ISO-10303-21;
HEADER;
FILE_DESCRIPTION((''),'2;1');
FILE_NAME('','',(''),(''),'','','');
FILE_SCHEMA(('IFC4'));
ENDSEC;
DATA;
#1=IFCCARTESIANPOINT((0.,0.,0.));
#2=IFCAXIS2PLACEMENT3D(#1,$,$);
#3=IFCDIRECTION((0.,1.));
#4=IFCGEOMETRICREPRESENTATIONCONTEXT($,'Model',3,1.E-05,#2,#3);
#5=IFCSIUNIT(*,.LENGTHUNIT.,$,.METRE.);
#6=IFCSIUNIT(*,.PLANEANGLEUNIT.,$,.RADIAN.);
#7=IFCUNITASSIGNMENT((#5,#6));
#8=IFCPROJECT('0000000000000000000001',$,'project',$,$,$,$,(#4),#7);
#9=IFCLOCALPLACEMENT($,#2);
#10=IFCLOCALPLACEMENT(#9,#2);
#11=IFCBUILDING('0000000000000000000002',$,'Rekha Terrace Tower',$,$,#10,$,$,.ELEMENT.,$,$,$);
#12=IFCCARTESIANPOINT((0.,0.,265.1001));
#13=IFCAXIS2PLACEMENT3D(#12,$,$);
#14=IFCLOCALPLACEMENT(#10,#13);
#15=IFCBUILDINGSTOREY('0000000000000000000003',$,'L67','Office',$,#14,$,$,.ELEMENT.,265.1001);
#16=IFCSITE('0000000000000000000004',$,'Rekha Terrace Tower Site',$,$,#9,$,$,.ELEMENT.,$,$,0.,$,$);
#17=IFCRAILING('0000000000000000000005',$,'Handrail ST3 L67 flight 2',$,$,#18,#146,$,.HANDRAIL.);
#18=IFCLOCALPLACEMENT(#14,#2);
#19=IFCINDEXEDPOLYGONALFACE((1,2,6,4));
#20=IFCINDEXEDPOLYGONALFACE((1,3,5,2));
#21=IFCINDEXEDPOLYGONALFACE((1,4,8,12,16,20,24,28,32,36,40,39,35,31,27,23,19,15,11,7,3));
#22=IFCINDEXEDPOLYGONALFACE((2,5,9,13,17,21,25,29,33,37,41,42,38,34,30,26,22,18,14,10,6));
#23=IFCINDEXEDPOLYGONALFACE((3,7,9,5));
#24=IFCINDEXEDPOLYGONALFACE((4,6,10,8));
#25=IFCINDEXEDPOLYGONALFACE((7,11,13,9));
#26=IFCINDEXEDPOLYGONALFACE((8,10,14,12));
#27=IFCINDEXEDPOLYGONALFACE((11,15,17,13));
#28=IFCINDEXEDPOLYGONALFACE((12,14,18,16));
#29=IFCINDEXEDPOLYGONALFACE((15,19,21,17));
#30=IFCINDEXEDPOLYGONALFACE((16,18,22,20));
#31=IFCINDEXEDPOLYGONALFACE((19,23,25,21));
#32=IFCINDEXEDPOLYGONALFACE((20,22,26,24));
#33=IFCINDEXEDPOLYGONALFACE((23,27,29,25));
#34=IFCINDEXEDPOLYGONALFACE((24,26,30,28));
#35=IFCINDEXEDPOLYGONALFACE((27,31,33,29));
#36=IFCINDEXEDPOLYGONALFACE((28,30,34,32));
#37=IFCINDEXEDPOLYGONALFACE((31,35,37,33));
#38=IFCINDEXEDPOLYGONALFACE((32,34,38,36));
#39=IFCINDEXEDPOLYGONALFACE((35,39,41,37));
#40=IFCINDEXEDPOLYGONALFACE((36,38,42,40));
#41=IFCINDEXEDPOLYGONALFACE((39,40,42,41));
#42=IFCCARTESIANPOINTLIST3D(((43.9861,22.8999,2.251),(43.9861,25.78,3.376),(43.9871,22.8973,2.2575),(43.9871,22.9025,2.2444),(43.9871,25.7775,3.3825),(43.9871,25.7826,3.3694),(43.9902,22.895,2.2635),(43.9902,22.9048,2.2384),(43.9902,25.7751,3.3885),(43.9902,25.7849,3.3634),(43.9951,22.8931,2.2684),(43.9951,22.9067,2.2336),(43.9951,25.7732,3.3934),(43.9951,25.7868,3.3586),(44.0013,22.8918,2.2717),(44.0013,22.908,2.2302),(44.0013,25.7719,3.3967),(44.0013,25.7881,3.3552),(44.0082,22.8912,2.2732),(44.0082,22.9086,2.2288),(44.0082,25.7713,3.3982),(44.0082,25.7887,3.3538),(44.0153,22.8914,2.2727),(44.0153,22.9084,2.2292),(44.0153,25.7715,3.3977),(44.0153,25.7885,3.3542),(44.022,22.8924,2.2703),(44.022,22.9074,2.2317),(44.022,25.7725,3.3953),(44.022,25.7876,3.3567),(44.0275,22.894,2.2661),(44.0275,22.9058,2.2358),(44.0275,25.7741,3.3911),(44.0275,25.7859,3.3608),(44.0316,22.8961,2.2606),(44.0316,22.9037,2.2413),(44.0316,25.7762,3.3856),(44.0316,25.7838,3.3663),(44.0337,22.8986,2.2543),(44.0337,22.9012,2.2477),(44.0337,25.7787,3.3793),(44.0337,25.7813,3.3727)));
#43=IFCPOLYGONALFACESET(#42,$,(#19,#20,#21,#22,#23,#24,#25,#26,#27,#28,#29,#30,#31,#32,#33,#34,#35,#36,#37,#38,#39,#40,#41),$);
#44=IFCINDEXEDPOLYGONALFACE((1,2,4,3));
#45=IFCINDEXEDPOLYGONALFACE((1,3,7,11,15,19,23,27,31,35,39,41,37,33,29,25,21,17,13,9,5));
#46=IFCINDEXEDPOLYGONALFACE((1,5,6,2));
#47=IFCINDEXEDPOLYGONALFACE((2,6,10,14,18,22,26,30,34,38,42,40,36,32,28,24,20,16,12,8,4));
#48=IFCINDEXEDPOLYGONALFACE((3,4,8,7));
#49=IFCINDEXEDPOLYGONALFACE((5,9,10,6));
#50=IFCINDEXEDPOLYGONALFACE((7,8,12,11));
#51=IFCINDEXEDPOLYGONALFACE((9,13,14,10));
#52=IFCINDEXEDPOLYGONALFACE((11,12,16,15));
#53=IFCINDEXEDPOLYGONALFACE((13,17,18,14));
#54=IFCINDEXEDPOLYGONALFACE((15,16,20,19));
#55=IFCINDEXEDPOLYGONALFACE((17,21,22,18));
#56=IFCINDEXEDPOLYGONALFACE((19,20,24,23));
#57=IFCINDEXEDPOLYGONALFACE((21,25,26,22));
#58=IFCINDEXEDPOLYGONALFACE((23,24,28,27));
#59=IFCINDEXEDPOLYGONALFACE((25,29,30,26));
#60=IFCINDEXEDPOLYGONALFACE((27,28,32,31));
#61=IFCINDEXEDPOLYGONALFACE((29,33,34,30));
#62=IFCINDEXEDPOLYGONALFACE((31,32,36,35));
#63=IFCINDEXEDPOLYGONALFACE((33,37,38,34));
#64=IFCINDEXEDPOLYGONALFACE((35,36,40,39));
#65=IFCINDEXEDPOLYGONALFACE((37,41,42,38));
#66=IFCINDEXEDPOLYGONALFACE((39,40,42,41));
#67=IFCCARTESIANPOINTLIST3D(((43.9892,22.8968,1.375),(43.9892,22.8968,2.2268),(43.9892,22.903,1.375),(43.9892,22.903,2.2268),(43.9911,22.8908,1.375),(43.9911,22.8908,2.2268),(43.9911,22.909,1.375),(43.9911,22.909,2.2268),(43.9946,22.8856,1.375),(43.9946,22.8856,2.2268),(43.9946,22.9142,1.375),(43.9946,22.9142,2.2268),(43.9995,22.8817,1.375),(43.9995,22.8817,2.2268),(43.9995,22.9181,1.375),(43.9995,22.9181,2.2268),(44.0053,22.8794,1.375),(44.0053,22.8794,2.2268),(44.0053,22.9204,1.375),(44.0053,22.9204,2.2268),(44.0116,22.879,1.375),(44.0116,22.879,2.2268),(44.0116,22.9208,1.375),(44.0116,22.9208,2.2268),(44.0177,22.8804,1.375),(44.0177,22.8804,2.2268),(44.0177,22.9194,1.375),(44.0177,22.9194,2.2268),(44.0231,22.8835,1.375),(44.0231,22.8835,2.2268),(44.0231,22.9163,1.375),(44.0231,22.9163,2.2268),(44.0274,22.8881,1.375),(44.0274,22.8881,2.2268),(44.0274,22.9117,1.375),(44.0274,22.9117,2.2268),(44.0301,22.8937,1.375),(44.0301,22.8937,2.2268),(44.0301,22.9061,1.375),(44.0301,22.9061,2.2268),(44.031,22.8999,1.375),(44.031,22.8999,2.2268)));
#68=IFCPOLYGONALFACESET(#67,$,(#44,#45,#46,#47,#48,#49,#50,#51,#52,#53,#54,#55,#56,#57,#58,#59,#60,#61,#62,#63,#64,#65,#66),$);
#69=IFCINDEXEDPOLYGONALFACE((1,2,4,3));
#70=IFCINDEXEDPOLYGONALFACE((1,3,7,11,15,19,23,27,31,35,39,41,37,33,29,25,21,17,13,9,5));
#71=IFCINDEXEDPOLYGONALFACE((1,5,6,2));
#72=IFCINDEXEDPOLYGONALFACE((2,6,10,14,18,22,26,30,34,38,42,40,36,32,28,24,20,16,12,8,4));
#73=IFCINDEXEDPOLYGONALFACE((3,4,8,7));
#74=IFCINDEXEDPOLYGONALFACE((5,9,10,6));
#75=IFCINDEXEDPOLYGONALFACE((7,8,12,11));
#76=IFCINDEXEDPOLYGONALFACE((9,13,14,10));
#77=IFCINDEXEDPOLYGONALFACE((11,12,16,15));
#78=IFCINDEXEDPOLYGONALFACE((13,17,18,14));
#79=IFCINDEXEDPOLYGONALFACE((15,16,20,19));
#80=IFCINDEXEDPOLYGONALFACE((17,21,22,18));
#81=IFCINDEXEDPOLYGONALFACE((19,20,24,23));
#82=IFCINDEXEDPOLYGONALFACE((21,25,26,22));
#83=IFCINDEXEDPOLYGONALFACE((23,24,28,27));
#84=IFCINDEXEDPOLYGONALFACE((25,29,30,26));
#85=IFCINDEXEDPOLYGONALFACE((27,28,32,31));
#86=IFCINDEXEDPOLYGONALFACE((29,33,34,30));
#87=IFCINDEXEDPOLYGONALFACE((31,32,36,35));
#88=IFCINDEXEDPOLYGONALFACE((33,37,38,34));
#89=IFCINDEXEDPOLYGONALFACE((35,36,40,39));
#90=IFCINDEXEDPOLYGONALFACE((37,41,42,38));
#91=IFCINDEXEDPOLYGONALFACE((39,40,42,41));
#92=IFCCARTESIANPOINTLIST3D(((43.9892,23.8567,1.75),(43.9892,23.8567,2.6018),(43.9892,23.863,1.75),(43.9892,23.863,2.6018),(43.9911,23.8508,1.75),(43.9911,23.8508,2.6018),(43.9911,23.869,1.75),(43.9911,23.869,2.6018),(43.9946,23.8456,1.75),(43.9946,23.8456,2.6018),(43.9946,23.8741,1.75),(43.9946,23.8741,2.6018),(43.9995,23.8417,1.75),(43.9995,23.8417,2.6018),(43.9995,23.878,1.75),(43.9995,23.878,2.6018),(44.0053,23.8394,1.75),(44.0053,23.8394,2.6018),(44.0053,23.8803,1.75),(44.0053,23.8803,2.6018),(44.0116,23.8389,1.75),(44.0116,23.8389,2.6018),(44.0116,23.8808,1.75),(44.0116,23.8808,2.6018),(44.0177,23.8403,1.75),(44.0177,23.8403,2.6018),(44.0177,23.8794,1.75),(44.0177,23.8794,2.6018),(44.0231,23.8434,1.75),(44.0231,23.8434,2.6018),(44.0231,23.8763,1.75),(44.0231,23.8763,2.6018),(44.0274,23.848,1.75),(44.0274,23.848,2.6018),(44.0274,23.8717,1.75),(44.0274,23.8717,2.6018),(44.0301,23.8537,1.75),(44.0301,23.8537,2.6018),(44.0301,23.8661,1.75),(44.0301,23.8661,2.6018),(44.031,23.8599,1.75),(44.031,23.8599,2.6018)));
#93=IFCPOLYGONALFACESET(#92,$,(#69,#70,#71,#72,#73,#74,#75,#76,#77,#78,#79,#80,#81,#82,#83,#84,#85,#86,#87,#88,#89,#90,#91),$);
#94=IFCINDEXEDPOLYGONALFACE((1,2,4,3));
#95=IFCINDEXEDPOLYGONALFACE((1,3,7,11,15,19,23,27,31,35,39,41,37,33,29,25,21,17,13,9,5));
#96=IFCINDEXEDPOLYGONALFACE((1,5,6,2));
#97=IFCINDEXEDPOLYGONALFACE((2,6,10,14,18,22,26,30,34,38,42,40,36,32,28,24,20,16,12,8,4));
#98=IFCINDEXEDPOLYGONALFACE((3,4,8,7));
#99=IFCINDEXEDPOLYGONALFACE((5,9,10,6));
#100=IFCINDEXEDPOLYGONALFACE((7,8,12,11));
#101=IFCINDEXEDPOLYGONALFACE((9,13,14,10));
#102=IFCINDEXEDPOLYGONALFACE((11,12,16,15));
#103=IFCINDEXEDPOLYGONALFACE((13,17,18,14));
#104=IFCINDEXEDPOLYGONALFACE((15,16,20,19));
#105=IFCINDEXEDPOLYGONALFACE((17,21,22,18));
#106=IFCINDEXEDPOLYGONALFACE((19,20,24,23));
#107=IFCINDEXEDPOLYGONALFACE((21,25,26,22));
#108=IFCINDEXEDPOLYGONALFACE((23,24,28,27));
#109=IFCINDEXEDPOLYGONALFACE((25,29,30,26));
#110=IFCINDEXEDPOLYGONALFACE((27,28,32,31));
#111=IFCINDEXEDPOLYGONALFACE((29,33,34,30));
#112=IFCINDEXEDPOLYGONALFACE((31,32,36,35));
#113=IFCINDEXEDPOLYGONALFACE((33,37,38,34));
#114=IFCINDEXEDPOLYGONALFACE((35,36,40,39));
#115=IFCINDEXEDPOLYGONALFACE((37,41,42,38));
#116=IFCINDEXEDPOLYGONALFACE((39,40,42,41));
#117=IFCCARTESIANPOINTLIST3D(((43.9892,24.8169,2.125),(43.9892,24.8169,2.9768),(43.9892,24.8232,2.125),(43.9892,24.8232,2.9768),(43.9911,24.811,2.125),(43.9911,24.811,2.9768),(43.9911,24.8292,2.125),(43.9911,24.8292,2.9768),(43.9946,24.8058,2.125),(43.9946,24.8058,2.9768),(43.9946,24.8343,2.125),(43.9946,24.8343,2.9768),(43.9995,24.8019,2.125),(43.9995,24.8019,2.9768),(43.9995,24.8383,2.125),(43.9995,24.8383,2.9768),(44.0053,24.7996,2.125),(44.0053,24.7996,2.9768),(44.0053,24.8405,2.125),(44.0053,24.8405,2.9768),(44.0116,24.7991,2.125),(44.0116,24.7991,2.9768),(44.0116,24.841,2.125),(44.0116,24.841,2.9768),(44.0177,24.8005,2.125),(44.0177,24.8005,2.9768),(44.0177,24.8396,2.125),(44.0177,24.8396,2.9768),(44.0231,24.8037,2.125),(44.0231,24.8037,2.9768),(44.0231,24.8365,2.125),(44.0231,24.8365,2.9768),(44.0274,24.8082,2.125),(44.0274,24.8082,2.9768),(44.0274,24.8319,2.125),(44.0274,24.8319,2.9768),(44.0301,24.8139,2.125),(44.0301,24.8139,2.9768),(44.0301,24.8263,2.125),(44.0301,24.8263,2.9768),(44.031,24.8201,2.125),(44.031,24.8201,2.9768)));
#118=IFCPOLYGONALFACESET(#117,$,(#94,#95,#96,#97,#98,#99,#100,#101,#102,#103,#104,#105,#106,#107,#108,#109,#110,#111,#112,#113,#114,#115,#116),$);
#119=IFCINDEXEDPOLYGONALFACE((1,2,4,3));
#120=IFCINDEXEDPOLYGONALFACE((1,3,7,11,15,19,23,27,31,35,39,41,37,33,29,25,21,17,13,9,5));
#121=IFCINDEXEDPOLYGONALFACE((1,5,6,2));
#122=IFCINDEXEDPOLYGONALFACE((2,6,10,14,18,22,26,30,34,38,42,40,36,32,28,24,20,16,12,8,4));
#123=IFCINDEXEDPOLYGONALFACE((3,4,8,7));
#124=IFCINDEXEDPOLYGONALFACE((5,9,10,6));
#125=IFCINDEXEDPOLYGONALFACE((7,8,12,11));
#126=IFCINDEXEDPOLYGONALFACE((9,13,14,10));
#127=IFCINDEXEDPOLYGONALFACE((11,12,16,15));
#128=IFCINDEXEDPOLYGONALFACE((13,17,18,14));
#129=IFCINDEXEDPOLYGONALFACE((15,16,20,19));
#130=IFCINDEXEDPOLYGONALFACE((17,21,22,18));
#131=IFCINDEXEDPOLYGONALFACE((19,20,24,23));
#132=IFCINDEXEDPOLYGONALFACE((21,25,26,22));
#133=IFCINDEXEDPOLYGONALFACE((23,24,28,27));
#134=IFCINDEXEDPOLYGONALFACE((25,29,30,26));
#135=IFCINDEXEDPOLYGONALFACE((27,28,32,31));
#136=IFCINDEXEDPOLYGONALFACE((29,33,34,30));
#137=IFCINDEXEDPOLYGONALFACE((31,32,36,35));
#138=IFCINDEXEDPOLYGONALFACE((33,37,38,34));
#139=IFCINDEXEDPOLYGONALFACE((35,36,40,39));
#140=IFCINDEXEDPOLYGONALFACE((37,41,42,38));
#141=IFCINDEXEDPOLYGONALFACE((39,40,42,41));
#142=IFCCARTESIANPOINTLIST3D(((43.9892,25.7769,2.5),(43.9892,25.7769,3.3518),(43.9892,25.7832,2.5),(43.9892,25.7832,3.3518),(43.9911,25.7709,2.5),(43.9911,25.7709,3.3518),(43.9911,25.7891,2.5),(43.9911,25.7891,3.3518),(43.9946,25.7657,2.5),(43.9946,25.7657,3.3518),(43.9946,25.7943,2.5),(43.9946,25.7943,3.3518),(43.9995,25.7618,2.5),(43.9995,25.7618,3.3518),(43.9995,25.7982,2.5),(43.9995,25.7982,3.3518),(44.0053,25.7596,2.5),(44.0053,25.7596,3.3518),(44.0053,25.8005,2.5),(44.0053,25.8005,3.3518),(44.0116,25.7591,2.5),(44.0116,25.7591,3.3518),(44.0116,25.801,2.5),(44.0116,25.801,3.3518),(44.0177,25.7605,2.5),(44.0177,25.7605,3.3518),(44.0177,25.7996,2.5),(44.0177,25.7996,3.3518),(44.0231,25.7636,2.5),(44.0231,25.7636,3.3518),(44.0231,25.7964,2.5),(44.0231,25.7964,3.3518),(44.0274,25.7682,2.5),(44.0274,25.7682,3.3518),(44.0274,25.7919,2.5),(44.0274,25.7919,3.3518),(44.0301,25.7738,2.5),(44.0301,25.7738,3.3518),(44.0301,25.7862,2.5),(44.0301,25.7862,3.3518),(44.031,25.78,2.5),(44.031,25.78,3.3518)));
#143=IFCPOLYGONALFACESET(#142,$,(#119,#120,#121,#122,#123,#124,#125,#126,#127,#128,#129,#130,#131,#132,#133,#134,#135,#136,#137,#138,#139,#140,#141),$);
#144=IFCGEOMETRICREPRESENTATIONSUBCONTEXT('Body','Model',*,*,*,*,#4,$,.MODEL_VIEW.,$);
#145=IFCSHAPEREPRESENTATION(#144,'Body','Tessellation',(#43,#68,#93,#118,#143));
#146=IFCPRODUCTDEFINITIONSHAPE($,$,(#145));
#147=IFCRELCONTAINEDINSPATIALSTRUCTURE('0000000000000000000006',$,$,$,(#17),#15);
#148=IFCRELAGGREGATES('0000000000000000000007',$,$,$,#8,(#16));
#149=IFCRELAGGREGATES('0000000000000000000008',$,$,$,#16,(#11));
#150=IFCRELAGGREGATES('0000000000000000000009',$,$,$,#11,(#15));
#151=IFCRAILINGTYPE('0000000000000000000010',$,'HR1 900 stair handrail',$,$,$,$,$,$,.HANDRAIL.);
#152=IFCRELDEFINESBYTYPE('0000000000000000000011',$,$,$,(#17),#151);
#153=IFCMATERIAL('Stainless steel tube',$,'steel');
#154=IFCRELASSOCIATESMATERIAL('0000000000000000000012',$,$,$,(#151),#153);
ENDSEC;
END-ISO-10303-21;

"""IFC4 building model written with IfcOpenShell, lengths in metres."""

from ifc_helpers import new_model, si_unit, direction, frame, origin, origin_2d, place, context, subcontext, project, spatial, circle, extrude, material, type_object, element, save


model = new_model("IFC4")

# Units and contexts
model_context = context("Model", 3, precision=1e-05, world=origin(), true_north=direction((0.0, 1.0)))
body_context = subcontext(model_context, "Body", "Model", "MODEL_VIEW")
ifc_project = project(units=[si_unit("LENGTHUNIT", "METRE"), si_unit("PLANEANGLEUNIT", "RADIAN")], contexts=[model_context])

# Site, building, storey
site_placement = place(None, origin())
site = spatial("IfcSite", under=ifc_project, at=site_placement, Name="Rekha Terrace Tower Site", CompositionType="ELEMENT", RefElevation=0.0)
building_placement = place(site_placement, origin())
building = spatial("IfcBuilding", under=site, at=building_placement, Name="Rekha Terrace Tower", CompositionType="ELEMENT")
storey_placement = place(building_placement, frame((0.0, 0.0, 265.1001)))
storey = spatial("IfcBuildingStorey", under=building, at=storey_placement, Name="L67", Description="Office", CompositionType="ELEMENT", Elevation=265.1001)

# Railing
ifc_material_1 = material(Name="Stainless steel tube", Category="steel")
railing_type_1 = type_object("IfcRailingType", Name="HR1 900 stair handrail", PredefinedType="HANDRAIL", material=ifc_material_1)
railing_1_placement = place(storey_placement, frame((44.01, 22.8999, 1.375)))
element("IfcRailing", 1, at=railing_1_placement, inside=storey, type_object=railing_type_1, Name="Handrail ST3 L67 flight 2", PredefinedType="HANDRAIL", context=body_context, shape_type="SweptSolid", body=[
    extrude(circle(Radius=0.0239, at=origin_2d()), frame((0.0, 0.0, 0.876), z_axis=(0.0, 0.931463, 0.363837), x_axis=(-1.0, 0.0, 0.0)), (0.0, 0.0, 1.0), 3.092),
    extrude(circle(Radius=0.021, at=origin_2d()), origin(), (0.0, 0.0, 1.0), 0.8518),
    extrude(circle(Radius=0.021, at=origin_2d()), frame((0.0, 0.96, 0.375)), (0.0, 0.0, 1.0), 0.8518),
    extrude(circle(Radius=0.021, at=origin_2d()), frame((0.0, 1.9202, 0.75)), (0.0, 0.0, 1.0), 0.8518),
    extrude(circle(Radius=0.021, at=origin_2d()), frame((0.0, 2.8801, 1.125)), (0.0, 0.0, 1.0), 0.8518),
])

save(model, "model.ifc")
